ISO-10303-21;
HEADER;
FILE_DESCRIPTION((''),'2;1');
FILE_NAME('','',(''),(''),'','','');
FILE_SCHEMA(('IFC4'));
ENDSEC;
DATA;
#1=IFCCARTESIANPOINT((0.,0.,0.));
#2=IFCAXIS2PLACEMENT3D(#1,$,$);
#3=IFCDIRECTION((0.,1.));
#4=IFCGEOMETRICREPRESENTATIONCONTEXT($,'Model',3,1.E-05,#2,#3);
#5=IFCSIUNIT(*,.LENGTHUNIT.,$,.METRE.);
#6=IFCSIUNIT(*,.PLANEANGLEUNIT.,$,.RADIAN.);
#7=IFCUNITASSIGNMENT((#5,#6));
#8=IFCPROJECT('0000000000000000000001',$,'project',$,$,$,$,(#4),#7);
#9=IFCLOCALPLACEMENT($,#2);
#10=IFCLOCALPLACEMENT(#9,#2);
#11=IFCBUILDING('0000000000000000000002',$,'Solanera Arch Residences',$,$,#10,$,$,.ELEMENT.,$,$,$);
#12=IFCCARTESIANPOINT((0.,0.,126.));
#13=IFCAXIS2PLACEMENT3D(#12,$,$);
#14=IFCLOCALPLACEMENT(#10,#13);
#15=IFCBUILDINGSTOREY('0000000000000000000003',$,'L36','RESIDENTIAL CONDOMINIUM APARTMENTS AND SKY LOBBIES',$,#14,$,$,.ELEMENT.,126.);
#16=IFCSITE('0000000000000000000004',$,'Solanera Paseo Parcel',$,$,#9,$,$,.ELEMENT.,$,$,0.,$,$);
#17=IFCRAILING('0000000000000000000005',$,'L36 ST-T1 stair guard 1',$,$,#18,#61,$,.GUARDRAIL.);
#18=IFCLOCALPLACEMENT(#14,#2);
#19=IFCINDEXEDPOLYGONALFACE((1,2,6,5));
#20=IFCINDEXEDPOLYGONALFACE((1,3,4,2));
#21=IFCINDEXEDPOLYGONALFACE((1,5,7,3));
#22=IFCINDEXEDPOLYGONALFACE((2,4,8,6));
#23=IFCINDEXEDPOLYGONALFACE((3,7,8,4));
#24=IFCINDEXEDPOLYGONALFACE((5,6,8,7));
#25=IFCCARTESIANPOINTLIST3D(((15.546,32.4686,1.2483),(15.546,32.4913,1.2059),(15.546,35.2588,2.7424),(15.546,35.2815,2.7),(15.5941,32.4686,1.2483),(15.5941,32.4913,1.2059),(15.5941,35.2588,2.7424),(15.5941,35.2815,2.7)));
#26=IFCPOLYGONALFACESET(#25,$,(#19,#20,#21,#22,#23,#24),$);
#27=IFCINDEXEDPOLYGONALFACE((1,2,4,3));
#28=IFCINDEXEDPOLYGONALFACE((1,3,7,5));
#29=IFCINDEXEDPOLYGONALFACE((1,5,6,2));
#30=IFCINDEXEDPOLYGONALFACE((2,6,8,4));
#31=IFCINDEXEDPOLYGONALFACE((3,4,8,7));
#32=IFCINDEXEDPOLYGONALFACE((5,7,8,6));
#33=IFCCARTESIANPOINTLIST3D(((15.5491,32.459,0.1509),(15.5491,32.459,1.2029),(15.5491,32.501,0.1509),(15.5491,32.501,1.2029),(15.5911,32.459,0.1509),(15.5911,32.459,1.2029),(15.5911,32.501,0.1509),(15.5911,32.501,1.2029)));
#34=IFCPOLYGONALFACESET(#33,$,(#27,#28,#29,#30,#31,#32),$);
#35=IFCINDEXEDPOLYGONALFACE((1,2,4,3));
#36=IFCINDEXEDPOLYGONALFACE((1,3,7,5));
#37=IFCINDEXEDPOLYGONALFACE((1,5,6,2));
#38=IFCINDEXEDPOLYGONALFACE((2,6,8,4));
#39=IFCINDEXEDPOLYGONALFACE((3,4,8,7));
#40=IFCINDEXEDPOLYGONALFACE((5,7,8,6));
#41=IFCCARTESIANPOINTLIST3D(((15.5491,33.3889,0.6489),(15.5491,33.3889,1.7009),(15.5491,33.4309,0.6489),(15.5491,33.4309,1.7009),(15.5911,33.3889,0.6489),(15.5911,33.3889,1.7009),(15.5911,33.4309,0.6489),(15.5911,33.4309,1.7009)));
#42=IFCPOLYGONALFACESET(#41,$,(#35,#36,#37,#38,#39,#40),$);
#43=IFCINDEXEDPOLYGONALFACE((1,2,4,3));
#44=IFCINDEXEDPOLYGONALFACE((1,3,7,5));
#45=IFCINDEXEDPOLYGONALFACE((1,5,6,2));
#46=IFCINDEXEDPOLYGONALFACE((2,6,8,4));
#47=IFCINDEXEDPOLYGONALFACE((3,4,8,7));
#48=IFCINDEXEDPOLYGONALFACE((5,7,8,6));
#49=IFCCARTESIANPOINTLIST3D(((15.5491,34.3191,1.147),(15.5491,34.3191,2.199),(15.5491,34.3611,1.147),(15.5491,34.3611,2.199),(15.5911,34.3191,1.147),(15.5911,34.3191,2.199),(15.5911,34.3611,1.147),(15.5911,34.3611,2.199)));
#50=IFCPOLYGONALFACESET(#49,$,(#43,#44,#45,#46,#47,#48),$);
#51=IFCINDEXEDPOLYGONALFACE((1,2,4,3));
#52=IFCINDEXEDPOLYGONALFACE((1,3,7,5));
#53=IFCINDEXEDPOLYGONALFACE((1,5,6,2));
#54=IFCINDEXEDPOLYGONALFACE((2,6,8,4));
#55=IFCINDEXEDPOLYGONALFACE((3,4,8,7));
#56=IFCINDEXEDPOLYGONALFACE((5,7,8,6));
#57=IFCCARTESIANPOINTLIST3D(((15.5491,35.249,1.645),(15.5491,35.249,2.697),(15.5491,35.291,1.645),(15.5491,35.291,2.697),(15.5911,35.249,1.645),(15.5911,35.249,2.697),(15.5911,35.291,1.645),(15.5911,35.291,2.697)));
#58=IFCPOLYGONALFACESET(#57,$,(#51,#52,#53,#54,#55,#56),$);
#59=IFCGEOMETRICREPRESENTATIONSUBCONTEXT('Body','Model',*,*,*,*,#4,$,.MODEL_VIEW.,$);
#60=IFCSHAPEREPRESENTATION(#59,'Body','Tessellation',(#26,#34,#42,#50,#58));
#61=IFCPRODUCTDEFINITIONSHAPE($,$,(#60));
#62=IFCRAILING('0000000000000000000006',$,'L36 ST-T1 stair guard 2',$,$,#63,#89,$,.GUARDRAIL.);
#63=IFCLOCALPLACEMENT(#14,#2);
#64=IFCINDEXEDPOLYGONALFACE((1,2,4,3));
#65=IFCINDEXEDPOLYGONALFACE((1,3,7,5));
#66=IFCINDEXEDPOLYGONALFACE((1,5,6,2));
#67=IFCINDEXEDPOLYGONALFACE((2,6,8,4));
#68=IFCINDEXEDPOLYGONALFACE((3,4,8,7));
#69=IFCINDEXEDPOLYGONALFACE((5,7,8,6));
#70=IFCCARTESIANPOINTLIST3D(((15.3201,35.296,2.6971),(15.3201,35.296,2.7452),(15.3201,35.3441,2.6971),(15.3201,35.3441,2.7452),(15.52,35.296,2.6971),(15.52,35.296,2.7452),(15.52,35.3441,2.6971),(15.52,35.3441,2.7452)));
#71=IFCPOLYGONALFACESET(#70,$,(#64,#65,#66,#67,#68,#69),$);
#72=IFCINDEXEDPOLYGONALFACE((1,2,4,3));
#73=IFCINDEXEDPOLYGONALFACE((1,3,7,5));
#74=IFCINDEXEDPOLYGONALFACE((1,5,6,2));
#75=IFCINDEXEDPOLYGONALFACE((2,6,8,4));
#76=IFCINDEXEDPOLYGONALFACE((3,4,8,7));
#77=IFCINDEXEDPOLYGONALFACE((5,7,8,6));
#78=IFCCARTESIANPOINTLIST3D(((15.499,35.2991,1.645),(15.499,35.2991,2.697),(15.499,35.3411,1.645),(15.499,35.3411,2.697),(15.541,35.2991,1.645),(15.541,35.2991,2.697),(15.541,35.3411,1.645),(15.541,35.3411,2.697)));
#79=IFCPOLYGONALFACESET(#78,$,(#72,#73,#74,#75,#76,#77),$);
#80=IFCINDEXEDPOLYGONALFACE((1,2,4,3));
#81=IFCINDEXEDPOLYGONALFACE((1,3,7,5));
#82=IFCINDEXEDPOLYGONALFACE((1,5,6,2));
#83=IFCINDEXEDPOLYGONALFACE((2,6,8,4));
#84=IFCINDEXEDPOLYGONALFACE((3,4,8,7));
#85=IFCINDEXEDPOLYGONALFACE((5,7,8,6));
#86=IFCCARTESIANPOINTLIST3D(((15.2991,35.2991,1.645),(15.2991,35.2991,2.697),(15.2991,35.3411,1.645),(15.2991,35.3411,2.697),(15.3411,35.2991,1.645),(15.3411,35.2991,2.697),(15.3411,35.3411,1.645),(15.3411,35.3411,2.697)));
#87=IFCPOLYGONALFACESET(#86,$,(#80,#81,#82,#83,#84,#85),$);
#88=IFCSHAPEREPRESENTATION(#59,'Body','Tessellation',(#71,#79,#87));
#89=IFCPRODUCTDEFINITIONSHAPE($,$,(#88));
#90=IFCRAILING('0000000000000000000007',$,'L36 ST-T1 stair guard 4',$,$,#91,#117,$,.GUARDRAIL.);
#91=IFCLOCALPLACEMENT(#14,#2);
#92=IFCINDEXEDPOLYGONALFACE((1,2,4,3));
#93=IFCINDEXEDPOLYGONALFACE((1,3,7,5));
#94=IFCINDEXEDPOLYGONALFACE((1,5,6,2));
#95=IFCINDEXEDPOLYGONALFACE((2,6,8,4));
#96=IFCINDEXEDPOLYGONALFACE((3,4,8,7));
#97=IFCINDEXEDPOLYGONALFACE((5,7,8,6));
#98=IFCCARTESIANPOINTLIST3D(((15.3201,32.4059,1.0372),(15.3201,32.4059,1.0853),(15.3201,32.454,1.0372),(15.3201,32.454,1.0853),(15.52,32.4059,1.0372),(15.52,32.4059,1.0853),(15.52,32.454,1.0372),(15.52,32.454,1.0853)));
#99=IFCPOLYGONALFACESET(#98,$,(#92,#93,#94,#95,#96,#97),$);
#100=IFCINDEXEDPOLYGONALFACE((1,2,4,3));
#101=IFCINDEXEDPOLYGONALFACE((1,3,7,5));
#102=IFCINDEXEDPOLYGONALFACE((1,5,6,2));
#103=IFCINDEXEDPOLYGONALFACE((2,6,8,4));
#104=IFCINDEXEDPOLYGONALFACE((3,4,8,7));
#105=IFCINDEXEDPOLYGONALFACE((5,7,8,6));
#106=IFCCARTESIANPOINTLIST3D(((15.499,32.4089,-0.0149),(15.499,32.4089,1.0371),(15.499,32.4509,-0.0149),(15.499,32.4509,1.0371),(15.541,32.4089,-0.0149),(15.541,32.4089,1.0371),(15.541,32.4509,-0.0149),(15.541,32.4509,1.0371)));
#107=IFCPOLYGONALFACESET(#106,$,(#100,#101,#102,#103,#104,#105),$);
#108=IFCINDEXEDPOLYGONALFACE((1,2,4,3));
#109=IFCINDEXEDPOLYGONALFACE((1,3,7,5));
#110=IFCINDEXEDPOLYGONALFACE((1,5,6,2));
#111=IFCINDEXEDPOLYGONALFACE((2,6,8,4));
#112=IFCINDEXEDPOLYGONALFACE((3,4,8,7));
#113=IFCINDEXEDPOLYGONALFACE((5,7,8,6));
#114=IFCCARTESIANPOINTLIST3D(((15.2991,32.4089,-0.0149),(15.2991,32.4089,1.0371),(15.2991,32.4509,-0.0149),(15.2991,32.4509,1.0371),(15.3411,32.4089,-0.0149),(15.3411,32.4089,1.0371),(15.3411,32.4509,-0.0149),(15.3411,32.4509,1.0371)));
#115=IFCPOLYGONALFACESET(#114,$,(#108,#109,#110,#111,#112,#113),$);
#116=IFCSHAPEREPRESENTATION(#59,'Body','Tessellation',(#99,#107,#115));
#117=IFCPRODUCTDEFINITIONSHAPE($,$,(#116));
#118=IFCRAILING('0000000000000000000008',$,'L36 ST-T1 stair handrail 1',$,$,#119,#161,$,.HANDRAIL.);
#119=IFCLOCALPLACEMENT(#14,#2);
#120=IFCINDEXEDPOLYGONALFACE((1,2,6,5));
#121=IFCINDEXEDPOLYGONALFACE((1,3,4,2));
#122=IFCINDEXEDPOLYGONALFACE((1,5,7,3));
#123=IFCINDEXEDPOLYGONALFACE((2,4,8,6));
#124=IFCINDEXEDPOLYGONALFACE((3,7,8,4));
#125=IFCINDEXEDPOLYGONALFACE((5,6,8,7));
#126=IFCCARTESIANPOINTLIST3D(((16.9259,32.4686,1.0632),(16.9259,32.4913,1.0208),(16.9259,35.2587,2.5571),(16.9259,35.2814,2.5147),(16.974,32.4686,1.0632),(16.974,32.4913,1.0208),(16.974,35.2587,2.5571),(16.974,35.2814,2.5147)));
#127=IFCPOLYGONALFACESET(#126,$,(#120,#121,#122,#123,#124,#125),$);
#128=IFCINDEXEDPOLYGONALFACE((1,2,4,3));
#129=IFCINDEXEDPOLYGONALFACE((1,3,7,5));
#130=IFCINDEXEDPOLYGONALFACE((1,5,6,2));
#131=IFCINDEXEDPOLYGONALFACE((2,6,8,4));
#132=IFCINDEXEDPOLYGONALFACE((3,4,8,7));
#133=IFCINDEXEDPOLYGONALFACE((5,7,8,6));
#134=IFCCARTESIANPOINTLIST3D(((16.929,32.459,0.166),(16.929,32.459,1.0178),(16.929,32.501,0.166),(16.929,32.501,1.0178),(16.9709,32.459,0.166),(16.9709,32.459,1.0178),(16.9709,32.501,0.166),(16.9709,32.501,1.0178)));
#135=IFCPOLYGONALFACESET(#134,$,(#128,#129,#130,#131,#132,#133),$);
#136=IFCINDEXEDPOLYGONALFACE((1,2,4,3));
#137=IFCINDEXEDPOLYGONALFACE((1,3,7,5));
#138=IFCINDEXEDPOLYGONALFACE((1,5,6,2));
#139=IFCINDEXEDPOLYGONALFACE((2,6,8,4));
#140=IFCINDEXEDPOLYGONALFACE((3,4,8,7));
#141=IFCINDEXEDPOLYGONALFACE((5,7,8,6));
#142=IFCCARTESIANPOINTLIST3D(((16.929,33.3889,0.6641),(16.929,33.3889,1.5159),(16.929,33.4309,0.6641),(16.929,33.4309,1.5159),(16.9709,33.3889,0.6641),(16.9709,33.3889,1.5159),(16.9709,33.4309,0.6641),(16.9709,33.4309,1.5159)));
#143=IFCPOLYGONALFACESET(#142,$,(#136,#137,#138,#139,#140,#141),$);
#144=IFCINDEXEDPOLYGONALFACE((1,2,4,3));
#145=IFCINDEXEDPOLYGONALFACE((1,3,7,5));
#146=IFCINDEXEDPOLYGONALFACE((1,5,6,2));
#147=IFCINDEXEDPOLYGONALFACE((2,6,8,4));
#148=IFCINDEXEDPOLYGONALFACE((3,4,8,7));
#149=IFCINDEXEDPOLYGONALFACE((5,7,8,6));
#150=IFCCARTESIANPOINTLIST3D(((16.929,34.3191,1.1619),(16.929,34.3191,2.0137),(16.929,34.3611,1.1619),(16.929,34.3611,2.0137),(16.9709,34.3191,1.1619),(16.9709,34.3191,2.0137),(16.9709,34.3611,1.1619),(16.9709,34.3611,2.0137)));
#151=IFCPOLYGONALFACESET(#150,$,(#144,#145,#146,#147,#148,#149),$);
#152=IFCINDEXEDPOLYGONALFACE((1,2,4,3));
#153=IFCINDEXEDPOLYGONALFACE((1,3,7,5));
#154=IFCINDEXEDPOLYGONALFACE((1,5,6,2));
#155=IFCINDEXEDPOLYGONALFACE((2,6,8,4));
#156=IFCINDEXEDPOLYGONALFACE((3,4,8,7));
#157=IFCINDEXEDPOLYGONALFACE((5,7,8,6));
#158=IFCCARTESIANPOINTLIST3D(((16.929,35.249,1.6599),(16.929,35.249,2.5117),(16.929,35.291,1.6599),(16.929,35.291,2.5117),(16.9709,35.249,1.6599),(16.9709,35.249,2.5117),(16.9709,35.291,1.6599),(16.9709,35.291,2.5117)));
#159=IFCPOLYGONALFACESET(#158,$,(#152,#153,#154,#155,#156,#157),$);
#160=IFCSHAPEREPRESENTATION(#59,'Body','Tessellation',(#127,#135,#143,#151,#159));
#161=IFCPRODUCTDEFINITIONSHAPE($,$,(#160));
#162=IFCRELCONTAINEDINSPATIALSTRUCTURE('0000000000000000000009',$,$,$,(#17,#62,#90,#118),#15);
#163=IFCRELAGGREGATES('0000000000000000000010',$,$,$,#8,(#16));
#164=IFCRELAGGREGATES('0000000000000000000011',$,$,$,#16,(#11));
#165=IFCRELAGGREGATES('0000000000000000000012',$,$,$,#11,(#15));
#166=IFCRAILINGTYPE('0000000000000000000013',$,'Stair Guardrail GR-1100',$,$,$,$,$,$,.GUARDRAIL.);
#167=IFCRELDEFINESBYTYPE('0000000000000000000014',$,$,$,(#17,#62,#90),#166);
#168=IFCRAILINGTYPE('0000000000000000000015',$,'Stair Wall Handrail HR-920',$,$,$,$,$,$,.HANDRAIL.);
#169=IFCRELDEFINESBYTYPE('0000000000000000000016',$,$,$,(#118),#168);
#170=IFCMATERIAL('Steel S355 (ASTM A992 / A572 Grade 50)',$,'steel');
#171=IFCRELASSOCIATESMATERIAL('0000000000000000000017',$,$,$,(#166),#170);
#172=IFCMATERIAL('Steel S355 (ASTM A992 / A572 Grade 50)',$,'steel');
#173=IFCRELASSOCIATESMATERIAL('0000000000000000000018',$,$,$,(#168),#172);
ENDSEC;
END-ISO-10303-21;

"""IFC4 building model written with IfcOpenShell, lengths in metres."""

from ifc_helpers import new_model, si_unit, direction, frame, origin, origin_2d, place, context, subcontext, project, spatial, rectangle, extrude, material, type_object, element, save


model = new_model("IFC4")

# Units and contexts
model_context = context("Model", 3, precision=1e-05, world=origin(), true_north=direction((0.0, 1.0)))
body_context = subcontext(model_context, "Body", "Model", "MODEL_VIEW")
ifc_project = project(units=[si_unit("LENGTHUNIT", "METRE"), si_unit("PLANEANGLEUNIT", "RADIAN")], contexts=[model_context])

# Site, building, storey
site_placement = place(None, origin())
site = spatial("IfcSite", under=ifc_project, at=site_placement, Name="Solanera Paseo Parcel", CompositionType="ELEMENT", RefElevation=0.0)
building_placement = place(site_placement, origin())
building = spatial("IfcBuilding", under=site, at=building_placement, Name="Solanera Arch Residences", CompositionType="ELEMENT")
storey_placement = place(building_placement, frame((0.0, 0.0, 126.0)))
storey = spatial("IfcBuildingStorey", under=building, at=storey_placement, Name="L36", Description="RESIDENTIAL CONDOMINIUM APARTMENTS AND SKY LOBBIES", CompositionType="ELEMENT", Elevation=126.0)

# Railings
ifc_material_1 = material(Name="Steel S355 (ASTM A992 / A572 Grade 50)", Category="steel")
railing_type_1 = type_object("IfcRailingType", Name="Stair Guardrail GR-1100", PredefinedType="GUARDRAIL", material=ifc_material_1)
railing_1_placement = place(storey_placement, frame((15.5701, 32.48, 0.1509)))
element("IfcRailing", 1, at=railing_1_placement, inside=storey, type_object=railing_type_1, Name="L36 ST-T1 stair guard 1", PredefinedType="GUARDRAIL", context=body_context, shape_type="SweptSolid", body=[
    extrude(rectangle(XDim=0.0481, YDim=0.0481, at=origin_2d()), frame((0.0, 0.0, 1.0762), z_axis=(0.0, 0.881549, 0.472093), x_axis=(-1.0, 0.0, 0.0)), (0.0, 0.0, 1.0), 3.165),
    extrude(rectangle(XDim=0.042, YDim=0.042, at=origin_2d()), origin(), (0.0, 0.0, 1.0), 1.052),
    extrude(rectangle(XDim=0.042, YDim=0.042, at=origin_2d()), frame((0.0, 0.9299, 0.498)), (0.0, 0.0, 1.0), 1.052),
    extrude(rectangle(XDim=0.042, YDim=0.042, at=origin_2d()), frame((0.0, 1.8601, 0.9961)), (0.0, 0.0, 1.0), 1.052),
    extrude(rectangle(XDim=0.042, YDim=0.042, at=origin_2d()), frame((0.0, 2.79, 1.4941)), (0.0, 0.0, 1.0), 1.052),
])
for number, where, name in (
    (2, (15.52, 35.3201, 1.645), "L36 ST-T1 stair guard 2"),
    (3, (15.52, 32.4299, -0.0149), "L36 ST-T1 stair guard 4"),
):
    element("IfcRailing", number, at=place(storey_placement, frame(where)), inside=storey, type_object=railing_type_1, Name=name, PredefinedType="GUARDRAIL", context=body_context, shape_type="SweptSolid", body=[
        extrude(rectangle(XDim=0.0481, YDim=0.0481, at=origin_2d()), frame((0.0, 0.0, 1.0762), z_axis=(-1.0, 0.0, 0.0), x_axis=(0.0, -1.0, 0.0)), (0.0, 0.0, 1.0), 0.2),
        extrude(rectangle(XDim=0.042, YDim=0.042, at=origin_2d()), origin(), (0.0, 0.0, 1.0), 1.052),
        extrude(rectangle(XDim=0.042, YDim=0.042, at=origin_2d()), frame((-0.2, 0.0, 0.0)), (0.0, 0.0, 1.0), 1.052),
    ])
ifc_material_2 = material(Name="Steel S355 (ASTM A992 / A572 Grade 50)", Category="steel")
railing_type_2 = type_object("IfcRailingType", Name="Stair Wall Handrail HR-920", PredefinedType="HANDRAIL", material=ifc_material_2)
railing_2_placement = place(storey_placement, frame((16.95, 32.48, 0.166)))
element("IfcRailing", 4, at=railing_2_placement, inside=storey, type_object=railing_type_2, Name="L36 ST-T1 stair handrail 1", PredefinedType="HANDRAIL", context=body_context, shape_type="SweptSolid", body=[
    extrude(rectangle(XDim=0.0481, YDim=0.0481, at=origin_2d()), frame((0.0, 0.0, 0.876), z_axis=(0.0, 0.881581, 0.472033), x_axis=(-1.0, 0.0, 0.0)), (0.0, 0.0, 1.0), 3.1648),
    extrude(rectangle(XDim=0.042, YDim=0.042, at=origin_2d()), origin(), (0.0, 0.0, 1.0), 0.8518),
    extrude(rectangle(XDim=0.042, YDim=0.042, at=origin_2d()), frame((0.0, 0.9299, 0.498)), (0.0, 0.0, 1.0), 0.8518),
    extrude(rectangle(XDim=0.042, YDim=0.042, at=origin_2d()), frame((0.0, 1.8601, 0.9958)), (0.0, 0.0, 1.0), 0.8518),
    extrude(rectangle(XDim=0.042, YDim=0.042, at=origin_2d()), frame((0.0, 2.79, 1.4939)), (0.0, 0.0, 1.0), 0.8518),
])

save(model, "model.ifc")
